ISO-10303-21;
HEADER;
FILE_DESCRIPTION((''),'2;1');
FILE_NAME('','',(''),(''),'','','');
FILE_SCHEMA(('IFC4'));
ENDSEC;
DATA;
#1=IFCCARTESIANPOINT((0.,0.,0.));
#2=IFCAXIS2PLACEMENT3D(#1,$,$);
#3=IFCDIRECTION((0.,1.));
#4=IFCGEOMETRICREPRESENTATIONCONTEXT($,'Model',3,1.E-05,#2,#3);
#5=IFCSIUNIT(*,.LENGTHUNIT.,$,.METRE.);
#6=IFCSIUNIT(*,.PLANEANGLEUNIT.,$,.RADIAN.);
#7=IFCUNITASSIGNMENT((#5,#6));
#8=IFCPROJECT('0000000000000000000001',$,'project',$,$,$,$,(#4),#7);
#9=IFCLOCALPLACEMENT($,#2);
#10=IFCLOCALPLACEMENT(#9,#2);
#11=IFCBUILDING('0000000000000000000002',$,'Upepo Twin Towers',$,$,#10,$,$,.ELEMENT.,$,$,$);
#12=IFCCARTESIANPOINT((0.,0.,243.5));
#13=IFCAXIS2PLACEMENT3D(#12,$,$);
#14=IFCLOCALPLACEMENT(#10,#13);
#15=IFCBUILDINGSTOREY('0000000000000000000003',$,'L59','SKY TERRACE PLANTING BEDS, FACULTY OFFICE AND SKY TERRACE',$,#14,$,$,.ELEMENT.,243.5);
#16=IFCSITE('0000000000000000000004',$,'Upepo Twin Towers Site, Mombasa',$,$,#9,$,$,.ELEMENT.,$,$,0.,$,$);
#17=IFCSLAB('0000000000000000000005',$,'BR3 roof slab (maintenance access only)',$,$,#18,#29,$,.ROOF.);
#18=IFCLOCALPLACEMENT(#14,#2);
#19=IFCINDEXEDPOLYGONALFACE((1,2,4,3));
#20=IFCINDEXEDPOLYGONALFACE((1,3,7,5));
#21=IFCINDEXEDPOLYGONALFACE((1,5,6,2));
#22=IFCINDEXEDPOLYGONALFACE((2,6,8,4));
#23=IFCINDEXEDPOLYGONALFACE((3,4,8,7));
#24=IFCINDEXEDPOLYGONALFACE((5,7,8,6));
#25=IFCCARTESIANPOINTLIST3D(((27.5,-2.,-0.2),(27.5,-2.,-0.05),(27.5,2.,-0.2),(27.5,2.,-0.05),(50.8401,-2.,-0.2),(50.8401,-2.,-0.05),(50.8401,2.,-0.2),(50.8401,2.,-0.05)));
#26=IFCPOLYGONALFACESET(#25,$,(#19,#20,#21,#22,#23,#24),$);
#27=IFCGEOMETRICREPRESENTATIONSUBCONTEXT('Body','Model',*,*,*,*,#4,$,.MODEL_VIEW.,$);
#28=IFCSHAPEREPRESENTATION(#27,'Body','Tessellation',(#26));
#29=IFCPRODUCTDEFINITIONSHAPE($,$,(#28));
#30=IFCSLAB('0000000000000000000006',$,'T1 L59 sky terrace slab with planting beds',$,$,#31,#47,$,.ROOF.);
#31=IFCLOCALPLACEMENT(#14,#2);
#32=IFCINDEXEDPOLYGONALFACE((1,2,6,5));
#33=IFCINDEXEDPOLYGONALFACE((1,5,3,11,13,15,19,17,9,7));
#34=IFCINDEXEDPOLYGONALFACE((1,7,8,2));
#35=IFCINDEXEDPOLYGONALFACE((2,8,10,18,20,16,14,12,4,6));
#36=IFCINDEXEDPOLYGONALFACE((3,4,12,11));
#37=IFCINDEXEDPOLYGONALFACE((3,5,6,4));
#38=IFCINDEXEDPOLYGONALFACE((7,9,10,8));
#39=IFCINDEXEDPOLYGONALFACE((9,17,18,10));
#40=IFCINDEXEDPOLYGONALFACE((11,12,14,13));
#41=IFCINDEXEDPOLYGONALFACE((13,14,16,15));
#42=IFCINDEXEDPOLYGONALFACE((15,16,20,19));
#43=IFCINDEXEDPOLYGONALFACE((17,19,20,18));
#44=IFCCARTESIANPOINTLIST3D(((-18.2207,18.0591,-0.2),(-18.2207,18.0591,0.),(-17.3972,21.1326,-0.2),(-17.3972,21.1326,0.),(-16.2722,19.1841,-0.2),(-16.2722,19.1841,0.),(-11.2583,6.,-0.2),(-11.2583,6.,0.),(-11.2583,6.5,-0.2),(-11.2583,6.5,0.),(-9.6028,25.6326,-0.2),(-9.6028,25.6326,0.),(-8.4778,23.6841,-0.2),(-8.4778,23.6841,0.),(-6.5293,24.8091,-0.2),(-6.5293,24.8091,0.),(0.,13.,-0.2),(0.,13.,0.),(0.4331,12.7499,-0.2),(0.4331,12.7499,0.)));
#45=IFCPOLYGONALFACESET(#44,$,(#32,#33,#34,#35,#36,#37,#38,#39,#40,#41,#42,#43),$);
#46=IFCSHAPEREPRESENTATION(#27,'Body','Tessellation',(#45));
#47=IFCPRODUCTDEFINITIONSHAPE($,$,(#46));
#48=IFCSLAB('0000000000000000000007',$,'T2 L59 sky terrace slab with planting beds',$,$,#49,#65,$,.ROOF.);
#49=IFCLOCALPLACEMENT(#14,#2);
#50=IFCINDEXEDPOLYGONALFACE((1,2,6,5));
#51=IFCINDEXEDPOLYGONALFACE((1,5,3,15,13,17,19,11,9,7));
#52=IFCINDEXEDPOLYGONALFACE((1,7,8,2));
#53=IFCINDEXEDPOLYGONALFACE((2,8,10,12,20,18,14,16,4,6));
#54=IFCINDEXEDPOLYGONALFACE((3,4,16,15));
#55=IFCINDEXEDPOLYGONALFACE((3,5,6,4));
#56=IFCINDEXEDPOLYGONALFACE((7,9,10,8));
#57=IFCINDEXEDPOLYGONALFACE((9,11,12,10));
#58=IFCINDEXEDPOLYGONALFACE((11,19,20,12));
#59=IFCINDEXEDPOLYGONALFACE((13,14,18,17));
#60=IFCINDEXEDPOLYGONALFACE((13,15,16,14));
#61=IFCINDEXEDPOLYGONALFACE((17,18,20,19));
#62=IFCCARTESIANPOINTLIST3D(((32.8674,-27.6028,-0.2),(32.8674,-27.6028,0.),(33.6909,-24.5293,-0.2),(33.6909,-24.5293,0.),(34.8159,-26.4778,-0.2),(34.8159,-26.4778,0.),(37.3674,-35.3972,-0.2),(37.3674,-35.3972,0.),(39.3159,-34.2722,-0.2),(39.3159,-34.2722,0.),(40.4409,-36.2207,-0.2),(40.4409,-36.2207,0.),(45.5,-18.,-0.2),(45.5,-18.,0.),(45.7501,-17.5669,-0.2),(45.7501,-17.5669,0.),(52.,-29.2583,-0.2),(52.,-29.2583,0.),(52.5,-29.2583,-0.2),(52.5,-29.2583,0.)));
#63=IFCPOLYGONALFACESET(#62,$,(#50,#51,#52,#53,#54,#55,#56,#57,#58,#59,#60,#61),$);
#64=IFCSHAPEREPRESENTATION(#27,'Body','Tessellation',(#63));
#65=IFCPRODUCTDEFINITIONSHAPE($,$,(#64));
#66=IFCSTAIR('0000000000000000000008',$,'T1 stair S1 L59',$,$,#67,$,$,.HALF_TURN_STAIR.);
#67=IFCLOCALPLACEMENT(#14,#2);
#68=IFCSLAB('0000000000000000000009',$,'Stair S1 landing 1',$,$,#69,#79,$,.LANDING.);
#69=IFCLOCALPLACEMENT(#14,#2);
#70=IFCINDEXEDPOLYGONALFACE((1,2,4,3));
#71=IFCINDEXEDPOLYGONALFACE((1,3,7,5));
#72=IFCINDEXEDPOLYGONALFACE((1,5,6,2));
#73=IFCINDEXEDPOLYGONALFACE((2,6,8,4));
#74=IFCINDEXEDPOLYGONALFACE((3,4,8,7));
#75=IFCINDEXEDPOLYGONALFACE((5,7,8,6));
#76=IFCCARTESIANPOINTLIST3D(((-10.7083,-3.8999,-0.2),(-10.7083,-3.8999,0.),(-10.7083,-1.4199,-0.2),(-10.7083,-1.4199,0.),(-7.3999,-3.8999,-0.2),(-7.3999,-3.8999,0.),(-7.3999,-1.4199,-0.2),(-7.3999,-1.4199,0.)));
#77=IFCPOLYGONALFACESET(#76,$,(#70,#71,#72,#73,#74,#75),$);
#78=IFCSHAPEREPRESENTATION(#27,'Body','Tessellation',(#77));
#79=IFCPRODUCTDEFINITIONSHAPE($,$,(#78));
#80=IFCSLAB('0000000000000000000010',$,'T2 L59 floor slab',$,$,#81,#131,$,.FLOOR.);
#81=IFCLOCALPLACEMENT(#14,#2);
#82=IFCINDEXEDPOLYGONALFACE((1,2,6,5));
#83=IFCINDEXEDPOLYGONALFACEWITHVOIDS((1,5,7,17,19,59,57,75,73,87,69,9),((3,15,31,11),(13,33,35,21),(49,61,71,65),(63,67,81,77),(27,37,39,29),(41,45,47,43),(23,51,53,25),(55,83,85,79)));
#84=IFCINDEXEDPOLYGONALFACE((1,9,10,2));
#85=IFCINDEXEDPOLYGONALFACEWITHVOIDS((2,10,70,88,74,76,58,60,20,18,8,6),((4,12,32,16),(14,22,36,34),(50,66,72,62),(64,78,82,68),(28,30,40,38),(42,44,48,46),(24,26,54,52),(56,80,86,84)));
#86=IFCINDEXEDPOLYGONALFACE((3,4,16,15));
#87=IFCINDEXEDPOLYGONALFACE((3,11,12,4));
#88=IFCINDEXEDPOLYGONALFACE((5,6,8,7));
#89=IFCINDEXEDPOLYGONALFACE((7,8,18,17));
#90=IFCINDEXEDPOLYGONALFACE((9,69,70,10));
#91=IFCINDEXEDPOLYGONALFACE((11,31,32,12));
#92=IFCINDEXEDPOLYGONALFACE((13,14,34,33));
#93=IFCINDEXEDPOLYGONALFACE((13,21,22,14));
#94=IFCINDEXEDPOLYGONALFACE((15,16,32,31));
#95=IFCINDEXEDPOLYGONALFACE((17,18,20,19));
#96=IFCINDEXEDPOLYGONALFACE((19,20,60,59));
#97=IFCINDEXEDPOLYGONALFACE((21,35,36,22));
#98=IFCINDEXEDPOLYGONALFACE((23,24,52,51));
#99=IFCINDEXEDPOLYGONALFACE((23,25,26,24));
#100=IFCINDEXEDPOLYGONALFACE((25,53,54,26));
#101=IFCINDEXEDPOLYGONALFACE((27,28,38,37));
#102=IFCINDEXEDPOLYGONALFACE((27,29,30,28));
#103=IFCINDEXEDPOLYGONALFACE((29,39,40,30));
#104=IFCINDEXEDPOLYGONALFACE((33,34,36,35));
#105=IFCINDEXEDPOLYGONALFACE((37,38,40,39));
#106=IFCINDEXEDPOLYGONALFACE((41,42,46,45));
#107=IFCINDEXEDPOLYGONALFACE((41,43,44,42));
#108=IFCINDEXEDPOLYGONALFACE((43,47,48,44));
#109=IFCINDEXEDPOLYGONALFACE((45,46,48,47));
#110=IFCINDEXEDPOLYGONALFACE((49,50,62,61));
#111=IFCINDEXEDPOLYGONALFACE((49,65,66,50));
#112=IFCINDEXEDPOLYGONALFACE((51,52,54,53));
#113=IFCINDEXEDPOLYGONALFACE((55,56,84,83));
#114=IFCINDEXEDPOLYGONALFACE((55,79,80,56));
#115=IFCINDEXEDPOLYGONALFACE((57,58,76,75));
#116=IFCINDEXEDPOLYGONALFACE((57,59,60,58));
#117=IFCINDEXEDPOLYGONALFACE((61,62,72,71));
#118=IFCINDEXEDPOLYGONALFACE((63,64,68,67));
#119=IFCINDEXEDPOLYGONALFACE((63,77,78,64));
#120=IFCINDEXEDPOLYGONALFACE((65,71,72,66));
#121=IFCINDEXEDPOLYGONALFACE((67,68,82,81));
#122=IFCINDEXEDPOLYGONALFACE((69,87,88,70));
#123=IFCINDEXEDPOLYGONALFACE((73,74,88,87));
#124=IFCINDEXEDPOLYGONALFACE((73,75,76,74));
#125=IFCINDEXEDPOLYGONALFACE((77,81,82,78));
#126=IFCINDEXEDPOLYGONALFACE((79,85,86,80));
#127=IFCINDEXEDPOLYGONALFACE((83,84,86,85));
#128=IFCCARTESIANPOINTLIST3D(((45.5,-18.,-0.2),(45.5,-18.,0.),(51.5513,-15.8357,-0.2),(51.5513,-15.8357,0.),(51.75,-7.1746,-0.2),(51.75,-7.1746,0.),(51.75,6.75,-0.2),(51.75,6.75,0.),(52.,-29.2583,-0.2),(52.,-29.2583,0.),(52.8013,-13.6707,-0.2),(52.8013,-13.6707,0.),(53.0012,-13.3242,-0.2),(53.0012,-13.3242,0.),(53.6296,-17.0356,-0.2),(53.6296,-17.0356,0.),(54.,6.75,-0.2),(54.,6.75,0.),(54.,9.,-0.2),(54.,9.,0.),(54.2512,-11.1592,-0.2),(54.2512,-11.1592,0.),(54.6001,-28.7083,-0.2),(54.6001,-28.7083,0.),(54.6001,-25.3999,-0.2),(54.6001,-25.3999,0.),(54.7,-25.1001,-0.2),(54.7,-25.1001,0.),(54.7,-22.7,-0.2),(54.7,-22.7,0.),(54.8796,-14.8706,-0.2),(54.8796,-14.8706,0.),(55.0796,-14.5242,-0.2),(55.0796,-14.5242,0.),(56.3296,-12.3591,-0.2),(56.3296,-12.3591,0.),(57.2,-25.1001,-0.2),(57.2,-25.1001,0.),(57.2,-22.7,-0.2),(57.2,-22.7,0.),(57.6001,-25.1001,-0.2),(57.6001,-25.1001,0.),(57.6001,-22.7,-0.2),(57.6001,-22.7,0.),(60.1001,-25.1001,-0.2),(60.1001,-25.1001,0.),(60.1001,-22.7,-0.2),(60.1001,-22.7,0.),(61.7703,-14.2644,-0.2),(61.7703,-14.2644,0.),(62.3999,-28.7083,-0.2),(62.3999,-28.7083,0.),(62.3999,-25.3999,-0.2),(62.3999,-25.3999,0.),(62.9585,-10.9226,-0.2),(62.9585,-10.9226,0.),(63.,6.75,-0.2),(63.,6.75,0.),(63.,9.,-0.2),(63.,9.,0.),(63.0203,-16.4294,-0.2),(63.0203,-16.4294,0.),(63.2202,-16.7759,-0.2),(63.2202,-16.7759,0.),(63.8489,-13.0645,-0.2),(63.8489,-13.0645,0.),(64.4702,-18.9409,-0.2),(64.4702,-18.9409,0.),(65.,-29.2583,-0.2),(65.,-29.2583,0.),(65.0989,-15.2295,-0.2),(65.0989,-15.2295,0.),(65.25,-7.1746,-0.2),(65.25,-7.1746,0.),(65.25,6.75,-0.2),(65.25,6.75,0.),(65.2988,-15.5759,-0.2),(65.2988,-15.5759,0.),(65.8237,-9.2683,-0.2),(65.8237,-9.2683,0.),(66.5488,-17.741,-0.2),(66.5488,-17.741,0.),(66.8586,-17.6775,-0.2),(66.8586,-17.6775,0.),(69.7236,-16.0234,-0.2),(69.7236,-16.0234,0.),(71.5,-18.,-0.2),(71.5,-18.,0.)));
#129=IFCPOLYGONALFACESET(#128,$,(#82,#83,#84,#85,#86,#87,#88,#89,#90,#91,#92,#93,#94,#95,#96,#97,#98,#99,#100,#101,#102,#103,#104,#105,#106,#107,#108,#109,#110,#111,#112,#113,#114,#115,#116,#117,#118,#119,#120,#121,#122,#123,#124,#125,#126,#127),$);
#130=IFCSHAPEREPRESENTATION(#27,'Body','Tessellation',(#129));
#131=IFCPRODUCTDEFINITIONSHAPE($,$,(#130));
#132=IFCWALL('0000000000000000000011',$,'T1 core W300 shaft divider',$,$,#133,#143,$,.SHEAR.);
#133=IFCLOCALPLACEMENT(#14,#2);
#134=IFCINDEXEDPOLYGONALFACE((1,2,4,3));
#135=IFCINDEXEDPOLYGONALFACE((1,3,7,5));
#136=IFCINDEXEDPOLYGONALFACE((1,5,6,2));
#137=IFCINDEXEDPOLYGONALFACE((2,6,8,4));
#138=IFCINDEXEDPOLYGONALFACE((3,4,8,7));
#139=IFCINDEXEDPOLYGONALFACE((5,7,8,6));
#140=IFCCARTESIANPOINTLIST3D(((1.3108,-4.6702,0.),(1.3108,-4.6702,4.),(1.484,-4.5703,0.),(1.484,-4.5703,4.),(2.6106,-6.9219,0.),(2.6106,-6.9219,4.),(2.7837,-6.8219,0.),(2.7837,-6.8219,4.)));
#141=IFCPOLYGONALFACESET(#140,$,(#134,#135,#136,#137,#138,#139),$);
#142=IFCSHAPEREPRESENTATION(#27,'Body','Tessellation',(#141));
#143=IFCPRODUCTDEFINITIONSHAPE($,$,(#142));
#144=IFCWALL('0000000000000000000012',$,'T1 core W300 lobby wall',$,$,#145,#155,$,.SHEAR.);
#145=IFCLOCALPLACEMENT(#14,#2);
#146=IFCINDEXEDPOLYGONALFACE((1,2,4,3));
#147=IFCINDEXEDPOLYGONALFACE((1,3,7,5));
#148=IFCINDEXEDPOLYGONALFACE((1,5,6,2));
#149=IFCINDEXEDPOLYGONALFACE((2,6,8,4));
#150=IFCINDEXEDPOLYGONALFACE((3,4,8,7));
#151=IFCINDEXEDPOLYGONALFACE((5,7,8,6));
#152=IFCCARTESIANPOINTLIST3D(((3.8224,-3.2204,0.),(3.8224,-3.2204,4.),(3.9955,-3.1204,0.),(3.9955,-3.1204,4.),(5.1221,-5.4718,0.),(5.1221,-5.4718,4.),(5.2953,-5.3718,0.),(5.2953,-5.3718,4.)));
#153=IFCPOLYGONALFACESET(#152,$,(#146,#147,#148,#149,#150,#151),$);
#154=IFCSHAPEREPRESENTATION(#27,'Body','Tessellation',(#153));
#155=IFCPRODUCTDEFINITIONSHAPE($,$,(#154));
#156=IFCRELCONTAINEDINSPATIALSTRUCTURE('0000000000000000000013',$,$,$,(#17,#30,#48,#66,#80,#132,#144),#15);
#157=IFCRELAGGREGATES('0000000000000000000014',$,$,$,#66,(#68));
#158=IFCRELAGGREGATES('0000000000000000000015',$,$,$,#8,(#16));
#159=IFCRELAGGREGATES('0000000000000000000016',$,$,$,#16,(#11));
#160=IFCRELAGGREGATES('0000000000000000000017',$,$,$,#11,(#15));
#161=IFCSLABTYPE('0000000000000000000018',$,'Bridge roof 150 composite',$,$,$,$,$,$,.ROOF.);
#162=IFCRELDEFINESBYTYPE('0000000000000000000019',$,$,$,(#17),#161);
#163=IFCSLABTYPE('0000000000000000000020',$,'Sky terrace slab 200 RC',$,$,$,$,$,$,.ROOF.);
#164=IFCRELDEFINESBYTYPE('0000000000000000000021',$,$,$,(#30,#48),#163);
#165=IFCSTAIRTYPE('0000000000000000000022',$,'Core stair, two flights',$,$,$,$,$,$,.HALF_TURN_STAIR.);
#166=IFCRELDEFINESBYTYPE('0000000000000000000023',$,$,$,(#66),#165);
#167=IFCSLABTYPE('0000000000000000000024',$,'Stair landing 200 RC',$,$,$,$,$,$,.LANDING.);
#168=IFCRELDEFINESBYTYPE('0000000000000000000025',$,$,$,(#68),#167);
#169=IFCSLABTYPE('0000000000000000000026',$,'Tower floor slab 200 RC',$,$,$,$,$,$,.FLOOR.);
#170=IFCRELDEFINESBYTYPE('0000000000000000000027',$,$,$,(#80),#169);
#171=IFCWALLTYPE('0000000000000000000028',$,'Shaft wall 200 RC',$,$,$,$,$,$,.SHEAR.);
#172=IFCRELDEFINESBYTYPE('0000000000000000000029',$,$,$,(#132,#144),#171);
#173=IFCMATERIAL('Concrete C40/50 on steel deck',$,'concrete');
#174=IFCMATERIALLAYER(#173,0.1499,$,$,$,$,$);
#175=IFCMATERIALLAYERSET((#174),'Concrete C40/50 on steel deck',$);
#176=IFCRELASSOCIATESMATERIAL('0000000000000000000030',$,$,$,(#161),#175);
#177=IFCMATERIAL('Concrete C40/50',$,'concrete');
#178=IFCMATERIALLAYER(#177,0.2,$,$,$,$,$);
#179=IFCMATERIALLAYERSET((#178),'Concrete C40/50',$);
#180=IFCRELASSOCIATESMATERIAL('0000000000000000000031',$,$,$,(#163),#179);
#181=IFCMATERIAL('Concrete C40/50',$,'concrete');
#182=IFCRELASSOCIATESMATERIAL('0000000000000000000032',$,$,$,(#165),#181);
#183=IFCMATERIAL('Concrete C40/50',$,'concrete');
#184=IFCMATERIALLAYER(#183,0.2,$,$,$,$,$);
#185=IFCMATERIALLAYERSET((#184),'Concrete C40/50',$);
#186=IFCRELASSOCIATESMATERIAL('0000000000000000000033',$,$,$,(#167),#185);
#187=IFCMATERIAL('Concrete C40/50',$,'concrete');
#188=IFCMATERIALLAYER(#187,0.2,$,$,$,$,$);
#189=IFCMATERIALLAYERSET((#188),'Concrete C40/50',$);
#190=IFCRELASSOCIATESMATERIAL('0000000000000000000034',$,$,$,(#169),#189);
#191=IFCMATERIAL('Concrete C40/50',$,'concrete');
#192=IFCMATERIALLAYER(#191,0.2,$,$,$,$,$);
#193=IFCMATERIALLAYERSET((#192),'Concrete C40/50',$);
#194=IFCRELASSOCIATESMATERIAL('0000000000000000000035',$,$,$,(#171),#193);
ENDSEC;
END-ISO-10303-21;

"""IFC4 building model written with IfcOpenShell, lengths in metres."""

from ifc_helpers import new_model, si_unit, direction, frame, frame_2d, origin, place, context, subcontext, project, spatial, polyline, rectangle, outline, extrude, material, layer, layer_set, type_object, element, aggregate, save


model = new_model("IFC4")

# Units and contexts
model_context = context("Model", 3, precision=1e-05, world=origin(), true_north=direction((0.0, 1.0)))
body_context = subcontext(model_context, "Body", "Model", "MODEL_VIEW")
ifc_project = project(units=[si_unit("LENGTHUNIT", "METRE"), si_unit("PLANEANGLEUNIT", "RADIAN")], contexts=[model_context])

# Site, building, storey
site_placement = place(None, origin())
site = spatial("IfcSite", under=ifc_project, at=site_placement, Name="Upepo Twin Towers Site, Mombasa", CompositionType="ELEMENT", RefElevation=0.0)
building_placement = place(site_placement, origin())
building = spatial("IfcBuilding", under=site, at=building_placement, Name="Upepo Twin Towers", CompositionType="ELEMENT")
storey_placement = place(building_placement, frame((0.0, 0.0, 243.5)))
storey = spatial("IfcBuildingStorey", under=building, at=storey_placement, Name="L59", Description="SKY TERRACE PLANTING BEDS, FACULTY OFFICE AND SKY TERRACE", CompositionType="ELEMENT", Elevation=243.5)

# Slabs
ifc_material_1 = material(Name="Concrete C40/50 on steel deck", Category="concrete")
ifc_layer_1 = layer(ifc_material_1, 0.1499)
ifc_layer_set_1 = layer_set([ifc_layer_1], Name="Concrete C40/50 on steel deck")
slab_type_1 = type_object("IfcSlabType", Name="Bridge roof 150 composite", PredefinedType="ROOF", material=ifc_layer_set_1)
slab_1_placement = place(storey_placement, frame((0.0, 0.0, -0.2)))
element("IfcSlab", 1, at=slab_1_placement, inside=storey, type_object=slab_type_1, Name="BR3 roof slab (maintenance access only)", PredefinedType="ROOF", context=body_context, shape_type="SweptSolid", body=[
    extrude(outline(polyline([(27.5, -2.0), (50.8401, -2.0), (50.8401, 2.0), (27.5, 2.0), (27.5, -2.0)])), origin(), (0.0, 0.0, 1.0), 0.1499),
])
ifc_material_2 = material(Name="Concrete C40/50", Category="concrete")
ifc_layer_2 = layer(ifc_material_2, 0.2)
ifc_layer_set_2 = layer_set([ifc_layer_2], Name="Concrete C40/50")
slab_type_2 = type_object("IfcSlabType", Name="Sky terrace slab 200 RC", PredefinedType="ROOF", material=ifc_layer_set_2)
slab_2_placement = place(storey_placement, frame((0.0, 0.0, -0.2)))
element("IfcSlab", 2, at=slab_2_placement, inside=storey, type_object=slab_type_2, Name="T1 L59 sky terrace slab with planting beds", PredefinedType="ROOF", context=body_context, shape_type="SweptSolid", body=[
    extrude(outline(polyline([(-18.2207, 18.0591), (-16.2722, 19.1841), (-17.3972, 21.1326), (-9.6028, 25.6326), (-8.4778, 23.6841), (-6.5293, 24.8091), (0.4331, 12.75), (10.8254, 6.75), (0.0, 13.0), (-11.2583, 6.5), (-11.2583, 6.0), (-18.2207, 18.0591)])), origin(), (0.0, 0.0, 1.0), 0.2),
])
slab_3_placement = place(storey_placement, frame((0.0, 0.0, -0.2)))
element("IfcSlab", 3, at=slab_3_placement, inside=storey, type_object=slab_type_2, Name="T2 L59 sky terrace slab with planting beds", PredefinedType="ROOF", context=body_context, shape_type="SweptSolid", body=[
    extrude(outline(polyline([(40.4409, -36.2207), (39.3159, -34.2722), (37.3674, -35.3972), (32.8674, -27.6028), (34.8159, -26.4778), (33.6909, -24.5293), (45.75, -17.5669), (51.75, -7.1746), (45.5, -18.0), (52.0, -29.2583), (52.5, -29.2583), (40.4409, -36.2207)])), origin(), (0.0, 0.0, 1.0), 0.2),
])

# Stair, slab
ifc_material_3 = material(Name="Concrete C40/50", Category="concrete")
stair_type = type_object("IfcStairType", Name="Core stair, two flights", PredefinedType="HALF_TURN_STAIR", material=ifc_material_3)
stair_1_placement = place(storey_placement, origin())
stair_1 = element("IfcStair", 4, at=stair_1_placement, inside=storey, type_object=stair_type, Name="T1 stair S1 L59", PredefinedType="HALF_TURN_STAIR")
ifc_material_4 = material(Name="Concrete C40/50", Category="concrete")
ifc_layer_3 = layer(ifc_material_4, 0.2)
ifc_layer_set_3 = layer_set([ifc_layer_3], Name="Concrete C40/50")
slab_type_3 = type_object("IfcSlabType", Name="Stair landing 200 RC", PredefinedType="LANDING", material=ifc_layer_set_3)
slab_4_placement = place(storey_placement, frame((0.0, 0.0, -0.2)))
slab_4 = element("IfcSlab", 5, at=slab_4_placement, type_object=slab_type_3, Name="Stair S1 landing 1", PredefinedType="LANDING", context=body_context, shape_type="SweptSolid", body=[
    extrude(outline(polyline([(-7.3999, -1.4199), (-10.7083, -1.4199), (-10.7083, -3.8999), (-7.3999, -3.8999), (-7.3999, -1.4199)])), origin(), (0.0, 0.0, 1.0), 0.2),
])
aggregate(stair_1, [slab_4])

# Slab
ifc_material_5 = material(Name="Concrete C40/50", Category="concrete")
ifc_layer_4 = layer(ifc_material_5, 0.2)
ifc_layer_set_4 = layer_set([ifc_layer_4], Name="Concrete C40/50")
slab_type_4 = type_object("IfcSlabType", Name="Tower floor slab 200 RC", PredefinedType="FLOOR", material=ifc_layer_set_4)
slab_5_placement = place(storey_placement, frame((0.0, 0.0, -0.2)))
element("IfcSlab", 6, at=slab_5_placement, inside=storey, type_object=slab_type_4, Name="T2 L59 floor slab", PredefinedType="FLOOR", context=body_context, shape_type="SweptSolid", body=[
    extrude(outline(polyline([(71.5, -18.0), (65.0, -29.2583), (52.0, -29.2583), (45.5, -18.0), (51.75, -7.1746), (51.75, 6.75), (54.0, 6.75), (54.0, 9.0), (63.0, 9.0), (63.0, 6.75), (65.25, 6.75), (65.25, -7.1746), (71.5, -18.0)]), holes=[polyline([(56.3296, -12.3591), (54.2512, -11.1592), (53.0012, -13.3242), (55.0796, -14.5242), (56.3296, -12.3591)]), polyline([(54.8796, -14.8706), (52.8013, -13.6707), (51.5513, -15.8357), (53.6296, -17.0356), (54.8796, -14.8706)]), polyline([(54.7, -22.7), (54.7, -25.1001), (57.2, -25.1001), (57.2, -22.7), (54.7, -22.7)]), polyline([(57.6001, -22.7), (57.6001, -25.1001), (60.1001, -25.1001), (60.1001, -22.7), (57.6001, -22.7)]), polyline([(54.6001, -25.3999), (54.6001, -28.7083), (62.3999, -28.7083), (62.3999, -25.3999), (54.6001, -25.3999)]), polyline([(64.4702, -18.9409), (66.5488, -17.741), (65.2988, -15.5759), (63.2202, -16.7759), (64.4702, -18.9409)]), polyline([(63.0203, -16.4294), (65.0989, -15.2295), (63.8489, -13.0645), (61.7703, -14.2644), (63.0203, -16.4294)]), polyline([(66.8586, -17.6775), (69.7236, -16.0234), (65.8237, -9.2683), (62.9585, -10.9226), (66.8586, -17.6775)])]), origin(), (0.0, 0.0, 1.0), 0.2),
])

# Walls
ifc_material_6 = material(Name="Concrete C40/50", Category="concrete")
ifc_layer_5 = layer(ifc_material_6, 0.2)
ifc_layer_set_5 = layer_set([ifc_layer_5], Name="Concrete C40/50")
wall_type_1 = type_object("IfcWallType", Name="Shaft wall 200 RC", PredefinedType="SHEAR", material=ifc_layer_set_5)
wall_1_placement = place(storey_placement, frame((1.3975, -4.6204, 0.0), z_axis=(0.0, 0.0, 1.0), x_axis=(0.499937, -0.866062, 0.0)))
element("IfcWall", 7, at=wall_1_placement, inside=storey, type_object=wall_type_1, Name="T1 core W300 shaft divider", PredefinedType="SHEAR", context=body_context, shape_type="SweptSolid", body=[
    extrude(rectangle(XDim=2.5999, YDim=0.2, at=frame_2d((1.2998, 0.0))), origin(), (0.0, 0.0, 1.0), 4.0),
])
wall_2_placement = place(storey_placement, frame((3.9089, -3.1704, 0.0), z_axis=(0.0, 0.0, 1.0), x_axis=(0.499977, -0.866039, 0.0)))
element("IfcWall", 8, at=wall_2_placement, inside=storey, type_object=wall_type_1, Name="T1 core W300 lobby wall", PredefinedType="SHEAR", context=body_context, shape_type="SweptSolid", body=[
    extrude(rectangle(XDim=2.5996, YDim=0.2, at=frame_2d((1.2998, 0.0))), origin(), (0.0, 0.0, 1.0), 4.0),
])

save(model, "model.ifc")
